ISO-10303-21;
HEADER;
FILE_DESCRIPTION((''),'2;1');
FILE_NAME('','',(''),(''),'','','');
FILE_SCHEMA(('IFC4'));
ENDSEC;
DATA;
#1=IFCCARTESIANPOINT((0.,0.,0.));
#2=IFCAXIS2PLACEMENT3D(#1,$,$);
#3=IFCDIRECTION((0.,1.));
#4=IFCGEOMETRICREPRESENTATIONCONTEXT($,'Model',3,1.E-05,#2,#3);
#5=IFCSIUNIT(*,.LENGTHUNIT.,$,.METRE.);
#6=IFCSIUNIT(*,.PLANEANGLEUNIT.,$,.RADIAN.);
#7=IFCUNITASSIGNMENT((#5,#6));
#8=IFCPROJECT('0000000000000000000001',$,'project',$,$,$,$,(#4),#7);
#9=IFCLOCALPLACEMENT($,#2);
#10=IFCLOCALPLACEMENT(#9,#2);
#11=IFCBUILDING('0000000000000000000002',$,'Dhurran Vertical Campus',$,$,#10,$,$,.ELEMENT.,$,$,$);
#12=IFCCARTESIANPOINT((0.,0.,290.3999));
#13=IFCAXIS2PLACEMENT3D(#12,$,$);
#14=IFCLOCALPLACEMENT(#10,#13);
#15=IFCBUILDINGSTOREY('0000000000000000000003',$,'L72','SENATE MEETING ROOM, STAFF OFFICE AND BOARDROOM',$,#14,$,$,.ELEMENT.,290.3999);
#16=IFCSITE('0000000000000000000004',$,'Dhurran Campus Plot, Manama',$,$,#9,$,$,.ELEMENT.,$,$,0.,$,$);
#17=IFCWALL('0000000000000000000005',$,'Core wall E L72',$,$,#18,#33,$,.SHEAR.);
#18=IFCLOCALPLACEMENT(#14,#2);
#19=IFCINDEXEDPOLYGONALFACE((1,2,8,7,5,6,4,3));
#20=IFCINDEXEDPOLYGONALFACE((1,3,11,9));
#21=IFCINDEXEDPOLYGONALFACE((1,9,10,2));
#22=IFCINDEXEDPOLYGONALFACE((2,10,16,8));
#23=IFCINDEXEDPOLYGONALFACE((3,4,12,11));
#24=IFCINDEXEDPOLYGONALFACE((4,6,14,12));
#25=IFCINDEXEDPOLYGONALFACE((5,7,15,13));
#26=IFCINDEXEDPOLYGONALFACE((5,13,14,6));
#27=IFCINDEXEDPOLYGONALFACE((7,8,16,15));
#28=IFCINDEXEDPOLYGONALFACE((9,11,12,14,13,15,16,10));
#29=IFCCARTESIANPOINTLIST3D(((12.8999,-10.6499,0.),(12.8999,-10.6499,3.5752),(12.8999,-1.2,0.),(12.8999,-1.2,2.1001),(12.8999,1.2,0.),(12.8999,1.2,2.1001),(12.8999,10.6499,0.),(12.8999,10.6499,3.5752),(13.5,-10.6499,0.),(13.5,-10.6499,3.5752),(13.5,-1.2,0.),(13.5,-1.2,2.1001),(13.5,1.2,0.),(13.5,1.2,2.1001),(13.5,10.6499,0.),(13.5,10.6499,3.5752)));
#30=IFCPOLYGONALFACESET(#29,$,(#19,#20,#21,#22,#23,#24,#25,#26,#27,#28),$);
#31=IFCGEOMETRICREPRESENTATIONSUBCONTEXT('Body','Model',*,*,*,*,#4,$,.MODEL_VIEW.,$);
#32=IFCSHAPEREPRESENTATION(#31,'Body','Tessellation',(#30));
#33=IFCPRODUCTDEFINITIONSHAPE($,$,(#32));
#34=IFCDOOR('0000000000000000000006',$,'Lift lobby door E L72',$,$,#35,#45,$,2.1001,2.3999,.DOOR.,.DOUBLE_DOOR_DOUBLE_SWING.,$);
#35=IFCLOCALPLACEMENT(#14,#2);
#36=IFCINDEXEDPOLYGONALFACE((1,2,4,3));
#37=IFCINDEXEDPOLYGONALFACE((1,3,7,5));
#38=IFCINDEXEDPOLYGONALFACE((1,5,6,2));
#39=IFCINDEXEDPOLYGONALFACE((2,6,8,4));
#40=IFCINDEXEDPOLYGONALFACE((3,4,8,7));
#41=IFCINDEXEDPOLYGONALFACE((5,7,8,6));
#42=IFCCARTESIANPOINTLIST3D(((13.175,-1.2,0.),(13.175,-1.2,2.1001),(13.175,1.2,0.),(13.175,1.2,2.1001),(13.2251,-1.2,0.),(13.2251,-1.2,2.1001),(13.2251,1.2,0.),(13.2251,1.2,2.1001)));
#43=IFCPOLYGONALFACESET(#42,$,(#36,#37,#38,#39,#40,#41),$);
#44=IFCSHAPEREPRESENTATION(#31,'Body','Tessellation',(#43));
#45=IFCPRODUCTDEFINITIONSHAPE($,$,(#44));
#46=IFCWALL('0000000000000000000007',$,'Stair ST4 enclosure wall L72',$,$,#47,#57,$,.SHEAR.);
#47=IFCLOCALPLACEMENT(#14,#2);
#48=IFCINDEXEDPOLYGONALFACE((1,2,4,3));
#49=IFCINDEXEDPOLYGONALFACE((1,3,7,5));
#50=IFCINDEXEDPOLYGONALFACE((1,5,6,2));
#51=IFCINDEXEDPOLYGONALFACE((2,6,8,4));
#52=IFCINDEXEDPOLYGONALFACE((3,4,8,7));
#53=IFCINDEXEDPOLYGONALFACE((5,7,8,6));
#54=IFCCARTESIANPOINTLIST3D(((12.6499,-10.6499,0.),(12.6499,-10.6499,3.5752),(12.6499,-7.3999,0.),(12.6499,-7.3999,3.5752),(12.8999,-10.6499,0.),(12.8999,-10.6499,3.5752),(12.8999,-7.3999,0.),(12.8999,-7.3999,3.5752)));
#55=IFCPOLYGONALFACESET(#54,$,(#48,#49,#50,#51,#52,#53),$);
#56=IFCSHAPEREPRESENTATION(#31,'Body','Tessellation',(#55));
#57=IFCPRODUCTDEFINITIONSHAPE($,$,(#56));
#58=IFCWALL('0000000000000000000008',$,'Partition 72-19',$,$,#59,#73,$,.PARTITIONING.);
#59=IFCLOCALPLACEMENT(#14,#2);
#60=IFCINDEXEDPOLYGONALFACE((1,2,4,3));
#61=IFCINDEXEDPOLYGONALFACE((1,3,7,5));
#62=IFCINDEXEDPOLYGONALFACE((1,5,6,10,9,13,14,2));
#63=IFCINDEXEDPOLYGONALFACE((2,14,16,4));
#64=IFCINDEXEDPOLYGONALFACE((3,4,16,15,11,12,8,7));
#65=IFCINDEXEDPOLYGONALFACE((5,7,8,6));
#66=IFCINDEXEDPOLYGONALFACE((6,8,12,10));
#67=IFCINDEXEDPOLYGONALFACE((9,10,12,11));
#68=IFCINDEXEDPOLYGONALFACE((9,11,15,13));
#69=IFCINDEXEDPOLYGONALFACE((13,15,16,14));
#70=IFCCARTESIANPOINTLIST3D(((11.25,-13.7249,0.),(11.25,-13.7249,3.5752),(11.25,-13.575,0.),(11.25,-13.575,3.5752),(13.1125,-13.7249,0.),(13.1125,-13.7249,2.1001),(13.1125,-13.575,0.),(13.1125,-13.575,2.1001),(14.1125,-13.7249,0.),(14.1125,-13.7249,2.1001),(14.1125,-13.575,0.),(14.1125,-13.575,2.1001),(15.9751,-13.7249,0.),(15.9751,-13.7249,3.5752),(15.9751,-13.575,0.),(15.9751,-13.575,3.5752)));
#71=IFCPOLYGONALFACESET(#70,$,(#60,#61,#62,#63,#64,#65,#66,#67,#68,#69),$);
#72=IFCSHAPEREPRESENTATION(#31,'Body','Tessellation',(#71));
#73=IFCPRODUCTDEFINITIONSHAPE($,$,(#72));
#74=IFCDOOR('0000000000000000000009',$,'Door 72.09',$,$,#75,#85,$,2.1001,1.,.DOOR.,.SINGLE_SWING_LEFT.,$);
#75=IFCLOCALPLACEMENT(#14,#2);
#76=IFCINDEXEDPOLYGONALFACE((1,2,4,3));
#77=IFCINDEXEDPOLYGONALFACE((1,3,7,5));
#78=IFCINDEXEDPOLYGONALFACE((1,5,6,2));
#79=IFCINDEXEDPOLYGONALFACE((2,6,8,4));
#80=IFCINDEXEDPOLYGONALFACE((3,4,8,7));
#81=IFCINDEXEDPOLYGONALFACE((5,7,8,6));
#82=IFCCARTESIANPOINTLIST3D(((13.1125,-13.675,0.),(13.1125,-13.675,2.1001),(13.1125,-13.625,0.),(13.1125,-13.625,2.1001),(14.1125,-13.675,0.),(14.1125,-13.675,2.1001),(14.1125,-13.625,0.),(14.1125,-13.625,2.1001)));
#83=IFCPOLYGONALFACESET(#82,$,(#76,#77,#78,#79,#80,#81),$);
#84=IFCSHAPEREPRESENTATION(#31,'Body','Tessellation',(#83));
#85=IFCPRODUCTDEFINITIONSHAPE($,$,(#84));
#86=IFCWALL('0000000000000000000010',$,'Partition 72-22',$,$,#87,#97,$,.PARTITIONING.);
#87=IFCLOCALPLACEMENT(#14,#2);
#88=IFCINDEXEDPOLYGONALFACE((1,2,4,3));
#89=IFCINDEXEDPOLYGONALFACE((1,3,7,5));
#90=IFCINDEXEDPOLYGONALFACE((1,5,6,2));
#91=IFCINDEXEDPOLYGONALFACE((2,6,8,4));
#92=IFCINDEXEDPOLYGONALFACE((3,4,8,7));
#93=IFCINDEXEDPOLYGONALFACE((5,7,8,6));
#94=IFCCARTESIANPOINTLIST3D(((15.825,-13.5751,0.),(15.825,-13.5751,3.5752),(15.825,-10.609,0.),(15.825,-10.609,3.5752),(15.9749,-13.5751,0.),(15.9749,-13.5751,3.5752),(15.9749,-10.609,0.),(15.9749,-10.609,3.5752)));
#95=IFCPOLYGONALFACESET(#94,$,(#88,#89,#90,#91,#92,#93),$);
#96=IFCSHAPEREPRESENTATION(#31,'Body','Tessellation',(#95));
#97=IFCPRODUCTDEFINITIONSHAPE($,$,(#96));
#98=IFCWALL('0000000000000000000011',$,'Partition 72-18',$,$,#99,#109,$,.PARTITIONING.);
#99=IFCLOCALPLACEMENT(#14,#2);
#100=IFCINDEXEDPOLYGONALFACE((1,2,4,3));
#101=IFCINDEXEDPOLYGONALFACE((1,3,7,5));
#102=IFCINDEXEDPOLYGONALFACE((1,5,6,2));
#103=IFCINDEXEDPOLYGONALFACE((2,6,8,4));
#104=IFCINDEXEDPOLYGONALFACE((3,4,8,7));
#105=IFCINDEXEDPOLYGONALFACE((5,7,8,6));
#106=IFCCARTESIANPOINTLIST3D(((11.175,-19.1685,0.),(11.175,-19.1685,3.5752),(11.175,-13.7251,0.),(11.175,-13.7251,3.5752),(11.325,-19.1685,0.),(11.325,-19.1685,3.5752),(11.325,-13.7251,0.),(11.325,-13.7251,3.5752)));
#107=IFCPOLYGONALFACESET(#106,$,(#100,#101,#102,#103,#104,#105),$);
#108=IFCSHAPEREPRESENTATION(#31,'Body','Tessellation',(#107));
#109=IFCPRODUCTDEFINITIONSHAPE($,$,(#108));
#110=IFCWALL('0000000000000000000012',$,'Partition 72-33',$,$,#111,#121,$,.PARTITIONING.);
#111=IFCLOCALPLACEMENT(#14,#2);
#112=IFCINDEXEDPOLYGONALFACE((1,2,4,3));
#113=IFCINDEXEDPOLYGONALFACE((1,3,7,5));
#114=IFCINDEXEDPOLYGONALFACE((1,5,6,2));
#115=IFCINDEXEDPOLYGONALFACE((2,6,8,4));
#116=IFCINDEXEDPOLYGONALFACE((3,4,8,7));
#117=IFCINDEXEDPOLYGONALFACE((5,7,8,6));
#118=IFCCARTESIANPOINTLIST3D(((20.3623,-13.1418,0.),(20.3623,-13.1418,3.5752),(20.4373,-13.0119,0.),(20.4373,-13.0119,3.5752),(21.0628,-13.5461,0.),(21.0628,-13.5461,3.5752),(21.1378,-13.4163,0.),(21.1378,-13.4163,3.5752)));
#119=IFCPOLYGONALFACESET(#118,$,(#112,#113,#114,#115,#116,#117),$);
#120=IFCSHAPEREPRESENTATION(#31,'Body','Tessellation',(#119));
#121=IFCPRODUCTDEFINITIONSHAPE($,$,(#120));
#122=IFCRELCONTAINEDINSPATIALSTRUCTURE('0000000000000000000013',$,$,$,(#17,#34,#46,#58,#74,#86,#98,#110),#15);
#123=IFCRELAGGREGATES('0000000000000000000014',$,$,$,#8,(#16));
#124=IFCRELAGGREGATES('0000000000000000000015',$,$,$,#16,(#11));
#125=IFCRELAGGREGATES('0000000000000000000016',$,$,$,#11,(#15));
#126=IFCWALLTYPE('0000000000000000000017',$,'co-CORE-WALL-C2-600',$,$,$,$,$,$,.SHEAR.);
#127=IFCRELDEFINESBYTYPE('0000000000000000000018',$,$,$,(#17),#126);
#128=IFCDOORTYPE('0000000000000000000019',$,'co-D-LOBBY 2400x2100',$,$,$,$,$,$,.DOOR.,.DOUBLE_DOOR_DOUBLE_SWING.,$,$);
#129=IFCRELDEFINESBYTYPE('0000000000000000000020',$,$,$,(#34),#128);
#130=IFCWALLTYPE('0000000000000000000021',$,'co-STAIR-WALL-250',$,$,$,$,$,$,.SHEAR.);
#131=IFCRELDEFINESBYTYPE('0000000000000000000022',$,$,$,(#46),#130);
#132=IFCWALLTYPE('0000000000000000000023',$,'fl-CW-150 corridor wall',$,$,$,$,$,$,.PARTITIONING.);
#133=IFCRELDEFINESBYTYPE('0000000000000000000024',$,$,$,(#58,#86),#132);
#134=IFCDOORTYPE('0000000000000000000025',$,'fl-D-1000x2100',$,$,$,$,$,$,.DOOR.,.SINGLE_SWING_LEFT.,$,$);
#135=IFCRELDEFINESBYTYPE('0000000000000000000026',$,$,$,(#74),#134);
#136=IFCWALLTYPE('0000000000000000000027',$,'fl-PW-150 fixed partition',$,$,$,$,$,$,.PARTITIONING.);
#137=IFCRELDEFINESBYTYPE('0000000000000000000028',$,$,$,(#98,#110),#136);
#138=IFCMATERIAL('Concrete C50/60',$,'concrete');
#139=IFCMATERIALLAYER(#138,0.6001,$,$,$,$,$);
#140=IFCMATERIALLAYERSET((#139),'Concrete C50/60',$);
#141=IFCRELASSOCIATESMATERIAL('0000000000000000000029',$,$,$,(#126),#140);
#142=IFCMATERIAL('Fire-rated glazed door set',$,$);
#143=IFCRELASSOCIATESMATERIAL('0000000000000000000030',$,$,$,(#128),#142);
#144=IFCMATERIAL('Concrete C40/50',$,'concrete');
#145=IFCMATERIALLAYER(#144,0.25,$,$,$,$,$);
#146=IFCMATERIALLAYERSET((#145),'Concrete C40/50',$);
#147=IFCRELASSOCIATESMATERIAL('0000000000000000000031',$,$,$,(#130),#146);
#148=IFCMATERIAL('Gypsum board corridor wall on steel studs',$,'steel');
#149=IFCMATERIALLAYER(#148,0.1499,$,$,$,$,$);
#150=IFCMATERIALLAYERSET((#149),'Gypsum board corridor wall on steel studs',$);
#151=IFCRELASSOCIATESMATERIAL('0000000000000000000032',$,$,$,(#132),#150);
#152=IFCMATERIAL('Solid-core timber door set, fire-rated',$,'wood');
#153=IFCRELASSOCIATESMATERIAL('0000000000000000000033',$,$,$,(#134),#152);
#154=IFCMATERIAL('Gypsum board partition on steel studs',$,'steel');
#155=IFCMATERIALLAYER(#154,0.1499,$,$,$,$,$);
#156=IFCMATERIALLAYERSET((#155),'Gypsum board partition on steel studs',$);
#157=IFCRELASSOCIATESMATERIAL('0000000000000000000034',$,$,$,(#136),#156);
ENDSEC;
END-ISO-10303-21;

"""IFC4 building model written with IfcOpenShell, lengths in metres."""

from ifc_helpers import new_model, si_unit, direction, frame, frame_2d, origin, place, context, subcontext, project, spatial, rectangle, extrude, material, layer, layer_set, type_object, element, fill, save


model = new_model("IFC4")

# Units and contexts
model_context = context("Model", 3, precision=1e-05, world=origin(), true_north=direction((0.0, 1.0)))
body_context = subcontext(model_context, "Body", "Model", "MODEL_VIEW")
ifc_project = project(units=[si_unit("LENGTHUNIT", "METRE"), si_unit("PLANEANGLEUNIT", "RADIAN")], contexts=[model_context])

# Site, building, storey
site_placement = place(None, origin())
site = spatial("IfcSite", under=ifc_project, at=site_placement, Name="Dhurran Campus Plot, Manama", CompositionType="ELEMENT", RefElevation=0.0)
building_placement = place(site_placement, origin())
building = spatial("IfcBuilding", under=site, at=building_placement, Name="Dhurran Vertical Campus", CompositionType="ELEMENT")
storey_placement = place(building_placement, frame((0.0, 0.0, 290.3999)))
storey = spatial("IfcBuildingStorey", under=building, at=storey_placement, Name="L72", Description="SENATE MEETING ROOM, STAFF OFFICE AND BOARDROOM", CompositionType="ELEMENT", Elevation=290.3999)

# Wall, opening, door
ifc_material_1 = material(Name="Concrete C50/60", Category="concrete")
ifc_layer_1 = layer(ifc_material_1, 0.6001)
ifc_layer_set_1 = layer_set([ifc_layer_1], Name="Concrete C50/60")
wall_type_1 = type_object("IfcWallType", Name="co-CORE-WALL-C2-600", PredefinedType="SHEAR", material=ifc_layer_set_1)
wall_1_placement = place(storey_placement, frame((13.2, -10.6499, 0.0), z_axis=(0.0, 0.0, 1.0), x_axis=(0.0, 1.0, 0.0)))
wall_1 = element("IfcWall", 1, at=wall_1_placement, inside=storey, type_object=wall_type_1, Name="Core wall E L72", PredefinedType="SHEAR", context=body_context, shape_type="SweptSolid", body=[
    extrude(rectangle(XDim=21.2998, YDim=0.6001, at=frame_2d((10.6499, 0.0))), origin(), (0.0, 0.0, 1.0), 3.5752),
])
opening_1_placement = place(wall_1_placement, frame((9.45, 0.0, 0.0)))
opening_1 = element("IfcOpeningElement", 2, at=opening_1_placement, cuts=wall_1, PredefinedType="OPENING", context=body_context, shape_type="SweptSolid", body=[
    extrude(rectangle(XDim=2.3999, YDim=2.1001, at=frame_2d((1.2, 1.05))), frame((0.0, 0.3101, 0.0), z_axis=(0.0, -1.0, 0.0), x_axis=(1.0, 0.0, 0.0)), (0.0, 0.0, 1.0), 0.6201),
])
ifc_material_2 = material(Name="Fire-rated glazed door set")
door_type_1 = type_object("IfcDoorType", Name="co-D-LOBBY 2400x2100", OperationType="DOUBLE_DOOR_DOUBLE_SWING", PredefinedType="DOOR", material=ifc_material_2)
door_1_placement = place(opening_1_placement, origin())
door_1 = element("IfcDoor", 3, at=door_1_placement, inside=storey, type_object=door_type_1, Name="Lift lobby door E L72", OperationType="DOUBLE_DOOR_DOUBLE_SWING", OverallHeight=2.1001, OverallWidth=2.3999, PredefinedType="DOOR", context=body_context, shape_type="SweptSolid", body=[
    extrude(rectangle(XDim=2.3999, YDim=2.1001, at=frame_2d((1.2, 1.05))), frame((0.0, 0.0249, 0.0), z_axis=(0.0, -1.0, 0.0), x_axis=(1.0, 0.0, 0.0)), (0.0, 0.0, 1.0), 0.05),
])
fill(opening_1, door_1)

# Wall
ifc_material_3 = material(Name="Concrete C40/50", Category="concrete")
ifc_layer_2 = layer(ifc_material_3, 0.25)
ifc_layer_set_2 = layer_set([ifc_layer_2], Name="Concrete C40/50")
wall_type_2 = type_object("IfcWallType", Name="co-STAIR-WALL-250", PredefinedType="SHEAR", material=ifc_layer_set_2)
wall_2_placement = place(storey_placement, frame((12.7749, -10.6499, 0.0), z_axis=(0.0, 0.0, 1.0), x_axis=(0.0, 1.0, 0.0)))
element("IfcWall", 4, at=wall_2_placement, inside=storey, type_object=wall_type_2, Name="Stair ST4 enclosure wall L72", PredefinedType="SHEAR", context=body_context, shape_type="SweptSolid", body=[
    extrude(rectangle(XDim=3.25, YDim=0.25, at=frame_2d((1.625, 0.0))), origin(), (0.0, 0.0, 1.0), 3.5752),
])

# Wall, opening, door
ifc_material_4 = material(Name="Gypsum board corridor wall on steel studs", Category="steel")
ifc_layer_3 = layer(ifc_material_4, 0.1499)
ifc_layer_set_3 = layer_set([ifc_layer_3], Name="Gypsum board corridor wall on steel studs")
wall_type_3 = type_object("IfcWallType", Name="fl-CW-150 corridor wall", PredefinedType="PARTITIONING", material=ifc_layer_set_3)
wall_3_placement = place(storey_placement, frame((11.25, -13.6499, 0.0), z_axis=(0.0, 0.0, 1.0), x_axis=(1.0, 0.0, 0.0)))
wall_3 = element("IfcWall", 5, at=wall_3_placement, inside=storey, type_object=wall_type_3, Name="Partition 72-19", PredefinedType="PARTITIONING", context=body_context, shape_type="SweptSolid", body=[
    extrude(rectangle(XDim=4.7251, YDim=0.1499, at=frame_2d((2.3625, 0.0))), origin(), (0.0, 0.0, 1.0), 3.5752),
])
opening_2_placement = place(wall_3_placement, frame((1.8625, 0.0, 0.0)))
opening_2 = element("IfcOpeningElement", 6, at=opening_2_placement, cuts=wall_3, PredefinedType="OPENING", context=body_context, shape_type="SweptSolid", body=[
    extrude(rectangle(XDim=1.0, YDim=2.1001, at=frame_2d((0.5, 1.05))), frame((0.0, 0.085, 0.0), z_axis=(0.0, -1.0, 0.0), x_axis=(1.0, 0.0, 0.0)), (0.0, 0.0, 1.0), 0.1699),
])
ifc_material_5 = material(Name="Solid-core timber door set, fire-rated", Category="wood")
door_type_2 = type_object("IfcDoorType", Name="fl-D-1000x2100", OperationType="SINGLE_SWING_LEFT", PredefinedType="DOOR", material=ifc_material_5)
door_2_placement = place(opening_2_placement, origin())
door_2 = element("IfcDoor", 7, at=door_2_placement, inside=storey, type_object=door_type_2, Name="Door 72.09", OperationType="SINGLE_SWING_LEFT", OverallHeight=2.1001, OverallWidth=1.0, PredefinedType="DOOR", context=body_context, shape_type="SweptSolid", body=[
    extrude(rectangle(XDim=1.0, YDim=2.1001, at=frame_2d((0.5, 1.05))), frame((0.0, 0.0249, 0.0), z_axis=(0.0, -1.0, 0.0), x_axis=(1.0, 0.0, 0.0)), (0.0, 0.0, 1.0), 0.05),
])
fill(opening_2, door_2)

# Walls
wall_4_placement = place(storey_placement, frame((15.8999, -13.575, 0.0), z_axis=(0.0, 0.0, 1.0), x_axis=(0.0, 1.0, 0.0)))
element("IfcWall", 8, at=wall_4_placement, inside=storey, type_object=wall_type_3, Name="Partition 72-22", PredefinedType="PARTITIONING", context=body_context, shape_type="SweptSolid", body=[
    extrude(rectangle(XDim=2.9661, YDim=0.1499, at=frame_2d((1.4829, 0.0))), origin(), (0.0, 0.0, 1.0), 3.5752),
])
ifc_material_6 = material(Name="Gypsum board partition on steel studs", Category="steel")
ifc_layer_4 = layer(ifc_material_6, 0.1499)
ifc_layer_set_4 = layer_set([ifc_layer_4], Name="Gypsum board partition on steel studs")
wall_type_4 = type_object("IfcWallType", Name="fl-PW-150 fixed partition", PredefinedType="PARTITIONING", material=ifc_layer_set_4)
wall_5_placement = place(storey_placement, frame((11.25, -13.7251, 0.0), z_axis=(0.0, 0.0, 1.0), x_axis=(0.0, -1.0, 0.0)))
element("IfcWall", 9, at=wall_5_placement, inside=storey, type_object=wall_type_4, Name="Partition 72-18", PredefinedType="PARTITIONING", context=body_context, shape_type="SweptSolid", body=[
    extrude(rectangle(XDim=5.4434, YDim=0.1499, at=frame_2d((2.7217, 0.0))), origin(), (0.0, 0.0, 1.0), 3.5752),
])
wall_6_placement = place(storey_placement, frame((20.3999, -13.0769, 0.0), z_axis=(0.0, 0.0, 1.0), x_axis=(0.86608, -0.499905, 0.0)))
element("IfcWall", 10, at=wall_6_placement, inside=storey, type_object=wall_type_4, Name="Partition 72-33", PredefinedType="PARTITIONING", context=body_context, shape_type="SweptSolid", body=[
    extrude(rectangle(XDim=0.8088, YDim=0.1499, at=frame_2d((0.4043, 0.0))), origin(), (0.0, 0.0, 1.0), 3.5752),
])

save(model, "model.ifc")
